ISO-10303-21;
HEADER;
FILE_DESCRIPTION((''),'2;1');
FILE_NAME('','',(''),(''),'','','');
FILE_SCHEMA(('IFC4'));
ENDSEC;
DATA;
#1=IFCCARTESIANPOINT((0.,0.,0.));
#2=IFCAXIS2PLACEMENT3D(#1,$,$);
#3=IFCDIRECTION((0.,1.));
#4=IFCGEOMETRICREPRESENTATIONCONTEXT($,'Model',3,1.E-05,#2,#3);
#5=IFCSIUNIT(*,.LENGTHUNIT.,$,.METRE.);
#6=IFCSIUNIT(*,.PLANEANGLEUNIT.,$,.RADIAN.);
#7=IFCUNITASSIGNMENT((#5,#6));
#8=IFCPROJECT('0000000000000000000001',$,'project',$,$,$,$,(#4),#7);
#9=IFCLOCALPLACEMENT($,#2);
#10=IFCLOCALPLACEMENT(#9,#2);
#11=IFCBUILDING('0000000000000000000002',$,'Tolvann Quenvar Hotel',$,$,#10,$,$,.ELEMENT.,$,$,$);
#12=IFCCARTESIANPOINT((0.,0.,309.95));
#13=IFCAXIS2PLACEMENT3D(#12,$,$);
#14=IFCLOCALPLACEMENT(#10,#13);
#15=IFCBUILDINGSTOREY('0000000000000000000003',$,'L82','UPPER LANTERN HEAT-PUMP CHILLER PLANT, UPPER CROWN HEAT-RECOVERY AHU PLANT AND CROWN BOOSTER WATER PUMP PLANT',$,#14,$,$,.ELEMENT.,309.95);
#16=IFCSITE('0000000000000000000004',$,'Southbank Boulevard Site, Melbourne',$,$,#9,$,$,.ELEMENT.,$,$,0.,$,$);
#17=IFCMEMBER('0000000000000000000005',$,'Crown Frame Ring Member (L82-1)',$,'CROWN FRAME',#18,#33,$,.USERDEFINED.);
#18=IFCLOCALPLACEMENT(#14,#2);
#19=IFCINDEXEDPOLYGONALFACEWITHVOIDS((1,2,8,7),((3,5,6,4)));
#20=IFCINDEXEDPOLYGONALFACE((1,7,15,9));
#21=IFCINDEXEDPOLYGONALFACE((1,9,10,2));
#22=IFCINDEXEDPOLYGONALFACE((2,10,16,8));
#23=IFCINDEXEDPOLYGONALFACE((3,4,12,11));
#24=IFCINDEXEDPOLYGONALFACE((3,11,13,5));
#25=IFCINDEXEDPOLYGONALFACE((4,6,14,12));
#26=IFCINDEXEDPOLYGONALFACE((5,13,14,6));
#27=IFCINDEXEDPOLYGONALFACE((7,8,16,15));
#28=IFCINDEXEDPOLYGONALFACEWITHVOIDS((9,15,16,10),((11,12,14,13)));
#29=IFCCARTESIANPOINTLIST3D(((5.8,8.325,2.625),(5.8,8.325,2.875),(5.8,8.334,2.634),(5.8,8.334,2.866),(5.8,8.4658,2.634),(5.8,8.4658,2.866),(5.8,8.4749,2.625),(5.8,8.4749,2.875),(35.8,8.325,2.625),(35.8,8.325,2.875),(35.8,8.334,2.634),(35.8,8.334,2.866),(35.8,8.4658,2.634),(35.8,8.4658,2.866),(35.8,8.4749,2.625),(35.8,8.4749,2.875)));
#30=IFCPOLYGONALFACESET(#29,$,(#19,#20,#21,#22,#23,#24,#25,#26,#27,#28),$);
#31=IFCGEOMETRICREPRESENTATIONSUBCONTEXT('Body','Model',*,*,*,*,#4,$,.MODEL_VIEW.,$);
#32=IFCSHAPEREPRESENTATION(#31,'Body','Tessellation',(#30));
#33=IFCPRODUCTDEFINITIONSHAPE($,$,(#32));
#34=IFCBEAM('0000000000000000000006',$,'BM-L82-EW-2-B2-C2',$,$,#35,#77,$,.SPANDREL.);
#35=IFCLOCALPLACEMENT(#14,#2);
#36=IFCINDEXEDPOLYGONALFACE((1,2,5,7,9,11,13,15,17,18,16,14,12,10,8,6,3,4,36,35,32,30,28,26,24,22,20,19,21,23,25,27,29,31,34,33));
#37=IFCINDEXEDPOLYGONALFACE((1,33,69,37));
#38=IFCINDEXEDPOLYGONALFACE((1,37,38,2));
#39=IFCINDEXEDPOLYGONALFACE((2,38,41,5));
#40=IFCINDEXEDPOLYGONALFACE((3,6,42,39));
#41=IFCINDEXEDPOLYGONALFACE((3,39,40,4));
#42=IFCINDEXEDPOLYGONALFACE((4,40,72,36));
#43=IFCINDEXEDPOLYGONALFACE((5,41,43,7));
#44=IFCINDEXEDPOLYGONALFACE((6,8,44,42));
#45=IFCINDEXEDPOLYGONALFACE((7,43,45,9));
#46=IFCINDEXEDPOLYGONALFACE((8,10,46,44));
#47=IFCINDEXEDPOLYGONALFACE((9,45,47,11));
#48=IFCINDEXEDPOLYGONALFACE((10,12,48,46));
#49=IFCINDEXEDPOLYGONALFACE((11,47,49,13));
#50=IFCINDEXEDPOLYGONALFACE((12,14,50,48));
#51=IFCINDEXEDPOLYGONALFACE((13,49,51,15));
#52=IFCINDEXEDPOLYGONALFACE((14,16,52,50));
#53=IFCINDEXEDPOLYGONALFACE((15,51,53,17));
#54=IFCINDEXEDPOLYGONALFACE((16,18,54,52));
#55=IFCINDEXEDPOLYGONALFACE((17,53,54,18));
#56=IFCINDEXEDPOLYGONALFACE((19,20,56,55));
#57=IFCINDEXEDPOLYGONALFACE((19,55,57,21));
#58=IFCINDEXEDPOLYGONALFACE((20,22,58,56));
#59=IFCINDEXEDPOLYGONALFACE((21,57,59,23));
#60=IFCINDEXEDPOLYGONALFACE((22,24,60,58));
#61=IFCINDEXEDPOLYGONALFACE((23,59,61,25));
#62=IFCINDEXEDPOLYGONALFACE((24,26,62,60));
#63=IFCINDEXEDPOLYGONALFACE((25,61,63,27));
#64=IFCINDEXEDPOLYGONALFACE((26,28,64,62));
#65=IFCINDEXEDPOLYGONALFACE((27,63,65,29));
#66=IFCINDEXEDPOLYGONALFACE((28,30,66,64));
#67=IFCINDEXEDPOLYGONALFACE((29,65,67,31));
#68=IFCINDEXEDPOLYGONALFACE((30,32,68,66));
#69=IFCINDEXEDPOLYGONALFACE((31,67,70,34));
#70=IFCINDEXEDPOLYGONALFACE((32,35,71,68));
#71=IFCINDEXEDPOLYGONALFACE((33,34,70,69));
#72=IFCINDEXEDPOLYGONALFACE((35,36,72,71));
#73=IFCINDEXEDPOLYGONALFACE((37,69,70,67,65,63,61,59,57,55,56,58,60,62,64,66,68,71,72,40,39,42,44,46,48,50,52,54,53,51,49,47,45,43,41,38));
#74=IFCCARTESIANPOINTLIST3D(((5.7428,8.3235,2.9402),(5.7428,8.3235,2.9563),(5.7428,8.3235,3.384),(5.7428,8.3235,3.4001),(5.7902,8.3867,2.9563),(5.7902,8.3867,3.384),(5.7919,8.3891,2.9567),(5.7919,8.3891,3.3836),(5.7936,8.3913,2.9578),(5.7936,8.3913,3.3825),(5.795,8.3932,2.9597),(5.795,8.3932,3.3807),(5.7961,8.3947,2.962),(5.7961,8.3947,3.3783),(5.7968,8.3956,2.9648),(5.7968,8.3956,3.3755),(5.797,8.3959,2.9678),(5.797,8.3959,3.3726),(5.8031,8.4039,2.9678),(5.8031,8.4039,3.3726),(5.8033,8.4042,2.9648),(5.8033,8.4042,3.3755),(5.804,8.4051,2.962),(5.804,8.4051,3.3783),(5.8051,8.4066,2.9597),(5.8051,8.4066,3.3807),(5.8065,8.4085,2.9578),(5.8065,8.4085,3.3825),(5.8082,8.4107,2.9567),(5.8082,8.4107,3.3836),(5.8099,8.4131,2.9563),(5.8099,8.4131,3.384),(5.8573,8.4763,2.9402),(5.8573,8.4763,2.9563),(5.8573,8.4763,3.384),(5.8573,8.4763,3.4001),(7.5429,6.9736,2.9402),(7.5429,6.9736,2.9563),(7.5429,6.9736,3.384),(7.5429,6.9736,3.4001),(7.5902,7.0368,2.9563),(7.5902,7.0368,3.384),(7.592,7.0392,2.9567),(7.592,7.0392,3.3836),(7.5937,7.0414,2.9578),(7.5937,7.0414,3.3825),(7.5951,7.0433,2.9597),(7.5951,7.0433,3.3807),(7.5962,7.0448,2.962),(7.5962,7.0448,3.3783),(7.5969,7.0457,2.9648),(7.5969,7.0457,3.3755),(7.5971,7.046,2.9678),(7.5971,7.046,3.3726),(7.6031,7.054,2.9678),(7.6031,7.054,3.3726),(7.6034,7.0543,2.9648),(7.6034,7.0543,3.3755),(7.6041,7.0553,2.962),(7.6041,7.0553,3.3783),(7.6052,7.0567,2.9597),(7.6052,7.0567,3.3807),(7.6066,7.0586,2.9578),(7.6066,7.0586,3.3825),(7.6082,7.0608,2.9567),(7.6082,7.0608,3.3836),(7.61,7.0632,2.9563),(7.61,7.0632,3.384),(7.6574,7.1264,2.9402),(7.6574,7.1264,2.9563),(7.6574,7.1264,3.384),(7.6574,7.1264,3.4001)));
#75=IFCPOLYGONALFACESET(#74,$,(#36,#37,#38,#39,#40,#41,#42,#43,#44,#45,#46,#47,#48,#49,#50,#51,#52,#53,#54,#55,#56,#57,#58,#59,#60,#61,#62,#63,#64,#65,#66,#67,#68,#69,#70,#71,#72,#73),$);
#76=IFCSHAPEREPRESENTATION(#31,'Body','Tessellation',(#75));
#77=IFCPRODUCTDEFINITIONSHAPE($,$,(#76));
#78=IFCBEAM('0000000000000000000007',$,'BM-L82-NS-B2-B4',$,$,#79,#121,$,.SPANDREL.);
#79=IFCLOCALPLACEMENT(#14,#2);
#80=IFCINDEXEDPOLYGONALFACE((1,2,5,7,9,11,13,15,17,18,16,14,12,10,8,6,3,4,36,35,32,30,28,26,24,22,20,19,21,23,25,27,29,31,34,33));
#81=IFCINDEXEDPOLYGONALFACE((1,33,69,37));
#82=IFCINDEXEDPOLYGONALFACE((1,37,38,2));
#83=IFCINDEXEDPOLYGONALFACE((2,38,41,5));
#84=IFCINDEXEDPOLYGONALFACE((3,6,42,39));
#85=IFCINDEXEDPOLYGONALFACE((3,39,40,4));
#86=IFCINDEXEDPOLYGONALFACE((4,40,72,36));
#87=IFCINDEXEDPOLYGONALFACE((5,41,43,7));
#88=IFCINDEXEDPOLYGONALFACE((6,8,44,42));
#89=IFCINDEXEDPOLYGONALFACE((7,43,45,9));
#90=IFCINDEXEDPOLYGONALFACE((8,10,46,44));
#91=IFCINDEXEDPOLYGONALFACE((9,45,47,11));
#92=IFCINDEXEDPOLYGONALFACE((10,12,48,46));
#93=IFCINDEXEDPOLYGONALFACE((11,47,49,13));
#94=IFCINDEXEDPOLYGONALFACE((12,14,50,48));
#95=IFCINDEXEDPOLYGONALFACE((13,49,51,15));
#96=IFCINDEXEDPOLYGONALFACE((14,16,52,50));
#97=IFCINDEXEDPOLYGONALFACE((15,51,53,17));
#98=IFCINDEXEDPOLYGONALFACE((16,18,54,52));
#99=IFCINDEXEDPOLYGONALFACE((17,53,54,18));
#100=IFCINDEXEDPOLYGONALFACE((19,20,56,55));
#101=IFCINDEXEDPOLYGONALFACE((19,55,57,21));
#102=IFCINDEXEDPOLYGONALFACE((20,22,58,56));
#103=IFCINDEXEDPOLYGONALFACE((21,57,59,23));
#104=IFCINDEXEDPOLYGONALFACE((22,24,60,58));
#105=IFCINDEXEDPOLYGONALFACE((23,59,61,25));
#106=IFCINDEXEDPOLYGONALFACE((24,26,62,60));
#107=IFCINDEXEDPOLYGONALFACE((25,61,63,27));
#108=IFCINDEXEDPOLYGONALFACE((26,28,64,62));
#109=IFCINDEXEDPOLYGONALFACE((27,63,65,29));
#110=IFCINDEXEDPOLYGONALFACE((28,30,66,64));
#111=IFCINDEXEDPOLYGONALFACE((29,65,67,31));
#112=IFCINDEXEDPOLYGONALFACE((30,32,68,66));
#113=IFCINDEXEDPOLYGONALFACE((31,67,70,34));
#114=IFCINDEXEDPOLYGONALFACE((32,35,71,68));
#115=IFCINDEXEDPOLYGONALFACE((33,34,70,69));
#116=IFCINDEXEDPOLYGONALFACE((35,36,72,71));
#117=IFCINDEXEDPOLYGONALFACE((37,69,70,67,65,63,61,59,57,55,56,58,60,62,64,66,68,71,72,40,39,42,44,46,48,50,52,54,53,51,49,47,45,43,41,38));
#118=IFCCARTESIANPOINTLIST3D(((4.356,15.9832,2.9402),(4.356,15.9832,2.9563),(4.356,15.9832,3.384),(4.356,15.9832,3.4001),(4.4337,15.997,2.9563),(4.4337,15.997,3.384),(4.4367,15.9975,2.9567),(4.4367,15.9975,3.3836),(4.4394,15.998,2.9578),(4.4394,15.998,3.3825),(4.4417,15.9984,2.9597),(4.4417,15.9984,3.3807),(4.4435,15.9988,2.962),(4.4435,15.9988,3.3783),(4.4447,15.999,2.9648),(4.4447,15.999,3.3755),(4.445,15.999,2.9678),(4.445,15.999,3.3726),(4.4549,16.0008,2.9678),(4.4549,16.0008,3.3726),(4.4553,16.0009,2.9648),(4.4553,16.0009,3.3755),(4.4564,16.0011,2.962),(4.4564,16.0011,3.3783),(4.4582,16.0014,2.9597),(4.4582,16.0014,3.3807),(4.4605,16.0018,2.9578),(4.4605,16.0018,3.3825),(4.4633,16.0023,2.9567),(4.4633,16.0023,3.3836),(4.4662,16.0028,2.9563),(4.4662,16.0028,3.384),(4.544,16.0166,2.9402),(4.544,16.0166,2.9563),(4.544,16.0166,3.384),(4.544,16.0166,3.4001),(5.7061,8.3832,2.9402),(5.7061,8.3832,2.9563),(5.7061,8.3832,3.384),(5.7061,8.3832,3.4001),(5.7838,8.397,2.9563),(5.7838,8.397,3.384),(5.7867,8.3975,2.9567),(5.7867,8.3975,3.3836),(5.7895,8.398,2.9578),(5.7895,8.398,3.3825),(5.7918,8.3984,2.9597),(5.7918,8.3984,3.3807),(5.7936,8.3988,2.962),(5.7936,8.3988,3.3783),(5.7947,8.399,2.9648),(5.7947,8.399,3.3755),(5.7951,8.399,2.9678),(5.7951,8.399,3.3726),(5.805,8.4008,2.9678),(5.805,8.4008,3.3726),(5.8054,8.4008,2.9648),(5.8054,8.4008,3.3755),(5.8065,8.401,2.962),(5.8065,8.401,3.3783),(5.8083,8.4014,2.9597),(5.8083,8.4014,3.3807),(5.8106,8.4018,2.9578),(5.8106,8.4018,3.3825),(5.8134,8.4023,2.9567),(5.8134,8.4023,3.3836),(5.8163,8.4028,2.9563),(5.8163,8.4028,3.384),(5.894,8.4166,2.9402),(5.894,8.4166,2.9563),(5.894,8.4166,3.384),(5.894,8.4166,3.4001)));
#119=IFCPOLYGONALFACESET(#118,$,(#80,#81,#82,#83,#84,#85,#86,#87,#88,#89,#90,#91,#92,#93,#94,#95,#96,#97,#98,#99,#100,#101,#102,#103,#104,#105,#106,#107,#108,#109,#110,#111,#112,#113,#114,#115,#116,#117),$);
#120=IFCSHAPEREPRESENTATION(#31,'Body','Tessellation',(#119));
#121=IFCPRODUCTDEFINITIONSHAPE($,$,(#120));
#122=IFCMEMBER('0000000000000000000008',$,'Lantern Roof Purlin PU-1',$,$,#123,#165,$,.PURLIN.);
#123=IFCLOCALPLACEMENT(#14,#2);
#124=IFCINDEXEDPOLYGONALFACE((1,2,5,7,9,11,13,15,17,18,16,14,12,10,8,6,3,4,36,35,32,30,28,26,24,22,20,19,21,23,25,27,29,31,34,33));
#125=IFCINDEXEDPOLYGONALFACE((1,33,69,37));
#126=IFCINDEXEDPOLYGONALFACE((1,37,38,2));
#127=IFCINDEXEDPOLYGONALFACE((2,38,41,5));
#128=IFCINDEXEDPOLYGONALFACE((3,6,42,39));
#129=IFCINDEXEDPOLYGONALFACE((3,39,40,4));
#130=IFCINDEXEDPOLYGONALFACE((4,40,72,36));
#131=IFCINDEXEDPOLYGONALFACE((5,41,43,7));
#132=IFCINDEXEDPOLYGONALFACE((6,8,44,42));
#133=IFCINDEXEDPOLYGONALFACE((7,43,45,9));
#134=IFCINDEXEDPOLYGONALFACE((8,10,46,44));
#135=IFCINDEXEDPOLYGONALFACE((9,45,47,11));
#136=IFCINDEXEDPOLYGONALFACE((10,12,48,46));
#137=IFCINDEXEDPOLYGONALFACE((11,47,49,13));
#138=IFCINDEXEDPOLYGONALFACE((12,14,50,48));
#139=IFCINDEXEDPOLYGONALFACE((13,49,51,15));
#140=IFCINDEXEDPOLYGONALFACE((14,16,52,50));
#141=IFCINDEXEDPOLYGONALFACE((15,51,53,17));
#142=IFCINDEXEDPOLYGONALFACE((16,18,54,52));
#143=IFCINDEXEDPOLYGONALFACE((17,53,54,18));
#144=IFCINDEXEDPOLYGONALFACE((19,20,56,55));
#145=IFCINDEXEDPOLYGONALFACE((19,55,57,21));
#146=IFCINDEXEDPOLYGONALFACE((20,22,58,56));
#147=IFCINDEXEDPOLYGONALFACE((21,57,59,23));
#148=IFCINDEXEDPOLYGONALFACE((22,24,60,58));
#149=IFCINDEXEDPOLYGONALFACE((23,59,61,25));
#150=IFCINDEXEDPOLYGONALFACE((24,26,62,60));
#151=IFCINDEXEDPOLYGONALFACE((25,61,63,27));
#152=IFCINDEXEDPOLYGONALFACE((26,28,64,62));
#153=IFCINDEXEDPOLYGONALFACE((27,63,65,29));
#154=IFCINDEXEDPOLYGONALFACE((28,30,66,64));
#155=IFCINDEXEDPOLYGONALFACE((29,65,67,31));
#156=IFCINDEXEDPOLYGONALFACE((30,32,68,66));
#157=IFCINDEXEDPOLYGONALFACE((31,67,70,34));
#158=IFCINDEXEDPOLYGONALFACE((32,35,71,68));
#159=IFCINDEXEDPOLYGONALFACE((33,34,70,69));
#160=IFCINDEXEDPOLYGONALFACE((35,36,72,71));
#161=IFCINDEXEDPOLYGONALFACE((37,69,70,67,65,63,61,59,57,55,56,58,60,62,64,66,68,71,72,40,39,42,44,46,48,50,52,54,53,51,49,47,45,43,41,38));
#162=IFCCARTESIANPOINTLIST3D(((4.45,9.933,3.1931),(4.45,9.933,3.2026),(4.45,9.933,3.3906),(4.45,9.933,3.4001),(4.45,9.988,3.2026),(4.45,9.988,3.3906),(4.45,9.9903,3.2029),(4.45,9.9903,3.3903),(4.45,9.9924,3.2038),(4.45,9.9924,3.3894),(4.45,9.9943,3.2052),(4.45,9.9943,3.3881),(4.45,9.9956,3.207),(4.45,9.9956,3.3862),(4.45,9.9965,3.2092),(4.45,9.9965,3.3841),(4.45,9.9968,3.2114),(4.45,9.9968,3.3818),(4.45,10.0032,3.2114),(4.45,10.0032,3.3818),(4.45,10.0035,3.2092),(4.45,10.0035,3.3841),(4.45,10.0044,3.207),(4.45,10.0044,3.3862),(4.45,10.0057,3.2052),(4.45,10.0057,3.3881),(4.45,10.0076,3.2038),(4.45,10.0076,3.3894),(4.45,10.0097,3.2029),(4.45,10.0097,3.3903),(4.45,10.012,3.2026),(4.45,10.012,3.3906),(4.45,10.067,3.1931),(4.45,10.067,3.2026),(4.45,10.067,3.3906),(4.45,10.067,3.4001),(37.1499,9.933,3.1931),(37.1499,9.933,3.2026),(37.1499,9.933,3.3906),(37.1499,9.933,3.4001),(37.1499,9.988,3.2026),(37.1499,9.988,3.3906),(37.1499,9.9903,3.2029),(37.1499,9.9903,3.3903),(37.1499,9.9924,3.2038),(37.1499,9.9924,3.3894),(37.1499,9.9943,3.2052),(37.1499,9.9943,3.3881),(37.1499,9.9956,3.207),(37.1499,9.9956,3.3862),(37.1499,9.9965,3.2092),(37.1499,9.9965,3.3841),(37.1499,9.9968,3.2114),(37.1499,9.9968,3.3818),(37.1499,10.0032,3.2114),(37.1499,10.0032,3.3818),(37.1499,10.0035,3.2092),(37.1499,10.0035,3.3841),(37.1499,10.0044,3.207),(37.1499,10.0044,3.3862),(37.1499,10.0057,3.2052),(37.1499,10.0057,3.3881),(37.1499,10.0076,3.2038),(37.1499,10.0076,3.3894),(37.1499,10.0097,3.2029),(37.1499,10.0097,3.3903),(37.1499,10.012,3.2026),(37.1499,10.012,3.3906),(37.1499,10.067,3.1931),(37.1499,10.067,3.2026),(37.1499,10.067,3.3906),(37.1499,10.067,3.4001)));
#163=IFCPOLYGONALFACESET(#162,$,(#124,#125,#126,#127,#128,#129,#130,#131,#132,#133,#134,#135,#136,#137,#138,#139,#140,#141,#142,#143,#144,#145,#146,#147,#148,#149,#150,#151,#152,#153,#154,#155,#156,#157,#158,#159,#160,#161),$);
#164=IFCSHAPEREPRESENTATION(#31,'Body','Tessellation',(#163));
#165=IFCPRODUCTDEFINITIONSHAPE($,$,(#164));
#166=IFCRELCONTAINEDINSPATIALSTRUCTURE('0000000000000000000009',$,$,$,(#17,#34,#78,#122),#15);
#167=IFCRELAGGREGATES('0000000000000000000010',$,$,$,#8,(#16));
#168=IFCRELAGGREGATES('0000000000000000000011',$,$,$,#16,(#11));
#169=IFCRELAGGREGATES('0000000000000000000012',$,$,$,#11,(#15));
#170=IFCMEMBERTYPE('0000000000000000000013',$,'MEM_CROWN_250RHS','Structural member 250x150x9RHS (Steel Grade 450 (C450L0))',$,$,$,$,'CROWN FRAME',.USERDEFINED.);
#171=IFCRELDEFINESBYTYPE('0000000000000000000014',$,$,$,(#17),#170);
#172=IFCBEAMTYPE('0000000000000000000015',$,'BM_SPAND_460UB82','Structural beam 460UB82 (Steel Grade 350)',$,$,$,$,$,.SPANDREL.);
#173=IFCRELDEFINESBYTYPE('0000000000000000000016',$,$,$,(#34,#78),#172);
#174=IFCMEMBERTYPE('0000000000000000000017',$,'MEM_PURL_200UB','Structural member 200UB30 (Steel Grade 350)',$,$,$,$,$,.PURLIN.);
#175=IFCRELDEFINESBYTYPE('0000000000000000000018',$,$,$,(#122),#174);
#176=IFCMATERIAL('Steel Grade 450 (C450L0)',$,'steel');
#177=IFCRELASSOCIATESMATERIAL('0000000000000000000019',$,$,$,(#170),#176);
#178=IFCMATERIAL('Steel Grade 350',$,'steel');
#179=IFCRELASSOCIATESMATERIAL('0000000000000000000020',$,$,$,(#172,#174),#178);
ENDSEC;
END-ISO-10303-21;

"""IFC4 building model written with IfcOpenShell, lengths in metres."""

from ifc_helpers import new_model, si_unit, direction, frame, origin, origin_2d, place, context, subcontext, project, spatial, hollow_rectangle, i_section, extrude, source, transform, mapped, material, material_profile, profile_set, type_object, type_shapes, element, save


model = new_model("IFC4")

# Units and contexts
model_context = context("Model", 3, precision=1e-05, world=origin(), true_north=direction((0.0, 1.0)))
body_context = subcontext(model_context, "Body", "Model", "MODEL_VIEW")
ifc_project = project(units=[si_unit("LENGTHUNIT", "METRE"), si_unit("PLANEANGLEUNIT", "RADIAN")], contexts=[model_context])

# Site, building, storey
site_placement = place(None, origin())
site = spatial("IfcSite", under=ifc_project, at=site_placement, Name="Southbank Boulevard Site, Melbourne", CompositionType="ELEMENT", RefElevation=0.0)
building_placement = place(site_placement, origin())
building = spatial("IfcBuilding", under=site, at=building_placement, Name="Tolvann Quenvar Hotel", CompositionType="ELEMENT")
storey_placement = place(building_placement, frame((0.0, 0.0, 309.95)))
storey = spatial("IfcBuildingStorey", under=building, at=storey_placement, Name="L82", Description="UPPER LANTERN HEAT-PUMP CHILLER PLANT, UPPER CROWN HEAT-RECOVERY AHU PLANT AND CROWN BOOSTER WATER PUMP PLANT", CompositionType="ELEMENT", Elevation=309.95)

# Member
ifc_material_1 = material(Name="Steel Grade 450 (C450L0)", Category="steel")
ifc_material_profile_1 = material_profile(ifc_material_1, hollow_rectangle(XDim=0.1499, YDim=0.25, WallThickness=0.009, at=origin_2d()), Name="250x150x9RHS")
ifc_profile_set_1 = profile_set([ifc_material_profile_1], Name="Steel Grade 450 (C450L0)")
member_type_1 = type_object("IfcMemberType", Name="MEM_CROWN_250RHS", Description="Structural member 250x150x9RHS (Steel Grade 450 (C450L0))", ElementType="CROWN FRAME", PredefinedType="USERDEFINED", material=ifc_profile_set_1)
shared_shape_1 = source(origin(), body_context, "Body", "SweptSolid", [
    extrude(hollow_rectangle(XDim=0.1499, YDim=0.25, WallThickness=0.009, at=origin_2d()), origin(), (0.0, 0.0, 1.0), 30.0),
])
type_shapes(member_type_1, [shared_shape_1])
member_1_placement = place(storey_placement, frame((5.8, 8.3999, 2.75), z_axis=(1.0, 0.0, 0.0), x_axis=(0.0, 1.0, 0.0)))
element("IfcMember", 1, at=member_1_placement, inside=storey, type_object=member_type_1, Name="Crown Frame Ring Member (L82-1)", ObjectType="CROWN FRAME", PredefinedType="USERDEFINED", context=body_context, shape_type="MappedRepresentation", body=[
    mapped(shared_shape_1, transform((0.0, 0.0, 0.0), x_axis=(1.0, 0.0, 0.0), y_axis=(0.0, 1.0, 0.0), z_axis=(0.0, 0.0, 1.0), scale=1.0)),
])

# Beams
ifc_material_2 = material(Name="Steel Grade 350", Category="steel")
ifc_material_profile_2 = material_profile(ifc_material_2, i_section(OverallWidth=0.1909, OverallDepth=0.46, WebThickness=0.01, FlangeThickness=0.0161, FilletRadius=0.0115, at=origin_2d()), Name="460UB82")
ifc_profile_set_2 = profile_set([ifc_material_profile_2], Name="Steel Grade 350")
beam_type = type_object("IfcBeamType", Name="BM_SPAND_460UB82", Description="Structural beam 460UB82 (Steel Grade 350)", PredefinedType="SPANDREL", material=ifc_profile_set_2)
shared_shape_2 = source(origin(), body_context, "Body", "SweptSolid", [
    extrude(i_section(OverallWidth=0.1909, OverallDepth=0.46, WebThickness=0.01, FlangeThickness=0.0161, FilletRadius=0.0115, at=origin_2d()), origin(), (0.0, 0.0, 1.0), 2.25),
])
beam_1_placement = place(storey_placement, frame((5.8, 8.3999, 3.1702), z_axis=(0.800039, -0.599948, 0.0), x_axis=(0.599948, 0.800039, 0.0)))
element("IfcBeam", 2, at=beam_1_placement, inside=storey, type_object=beam_type, Name="BM-L82-EW-2-B2-C2", PredefinedType="SPANDREL", context=body_context, shape_type="MappedRepresentation", body=[
    mapped(shared_shape_2, transform((0.0, 0.0, 0.0), x_axis=(1.0, 0.0, 0.0), y_axis=(0.0, 1.0, 0.0), z_axis=(0.0, 0.0, 1.0), scale=1.0)),
])
shared_shape_3 = source(origin(), body_context, "Body", "SweptSolid", [
    extrude(i_section(OverallWidth=0.1909, OverallDepth=0.46, WebThickness=0.01, FlangeThickness=0.0161, FilletRadius=0.0115, at=origin_2d()), origin(), (0.0, 0.0, 1.0), 7.719),
])
type_shapes(beam_type, [shared_shape_2, shared_shape_3])
beam_2_placement = place(storey_placement, frame((5.8, 8.3999, 3.1702), z_axis=(-0.174904, 0.984586, 0.0), x_axis=(-0.984586, -0.174904, 0.0)))
element("IfcBeam", 3, at=beam_2_placement, inside=storey, type_object=beam_type, Name="BM-L82-NS-B2-B4", PredefinedType="SPANDREL", context=body_context, shape_type="MappedRepresentation", body=[
    mapped(shared_shape_3, transform((0.0, 0.0, 0.0), x_axis=(1.0, 0.0, 0.0), y_axis=(0.0, 1.0, 0.0), z_axis=(0.0, 0.0, 1.0), scale=1.0)),
])

# Member
ifc_material_profile_3 = material_profile(ifc_material_2, i_section(OverallWidth=0.134, OverallDepth=0.207, WebThickness=0.0063, FlangeThickness=0.0095, FilletRadius=0.0088, at=origin_2d()), Name="200UB30")
ifc_profile_set_3 = profile_set([ifc_material_profile_3], Name="Steel Grade 350")
member_type_2 = type_object("IfcMemberType", Name="MEM_PURL_200UB", Description="Structural member 200UB30 (Steel Grade 350)", PredefinedType="PURLIN", material=ifc_profile_set_3)
shared_shape_4 = source(origin(), body_context, "Body", "SweptSolid", [
    extrude(i_section(OverallWidth=0.134, OverallDepth=0.207, WebThickness=0.0063, FlangeThickness=0.0095, FilletRadius=0.0088, at=origin_2d()), origin(), (0.0, 0.0, 1.0), 32.7),
])
type_shapes(member_type_2, [shared_shape_4])
for number, where, z_axis, x_axis, name in (
    (4, (4.45, 10.0, 3.2966), (1.0, 0.0, 0.0), (0.0, 1.0, 0.0), "Lantern Roof Purlin PU-1"),
):
    element("IfcMember", number, at=place(storey_placement, frame(where, z_axis=z_axis, x_axis=x_axis)), inside=storey, type_object=member_type_2, Name=name, PredefinedType="PURLIN", context=body_context, shape_type="MappedRepresentation", body=[
        mapped(shared_shape_4, transform((0.0, 0.0, 0.0), x_axis=(1.0, 0.0, 0.0), y_axis=(0.0, 1.0, 0.0), z_axis=(0.0, 0.0, 1.0), scale=1.0)),
    ])

save(model, "model.ifc")
